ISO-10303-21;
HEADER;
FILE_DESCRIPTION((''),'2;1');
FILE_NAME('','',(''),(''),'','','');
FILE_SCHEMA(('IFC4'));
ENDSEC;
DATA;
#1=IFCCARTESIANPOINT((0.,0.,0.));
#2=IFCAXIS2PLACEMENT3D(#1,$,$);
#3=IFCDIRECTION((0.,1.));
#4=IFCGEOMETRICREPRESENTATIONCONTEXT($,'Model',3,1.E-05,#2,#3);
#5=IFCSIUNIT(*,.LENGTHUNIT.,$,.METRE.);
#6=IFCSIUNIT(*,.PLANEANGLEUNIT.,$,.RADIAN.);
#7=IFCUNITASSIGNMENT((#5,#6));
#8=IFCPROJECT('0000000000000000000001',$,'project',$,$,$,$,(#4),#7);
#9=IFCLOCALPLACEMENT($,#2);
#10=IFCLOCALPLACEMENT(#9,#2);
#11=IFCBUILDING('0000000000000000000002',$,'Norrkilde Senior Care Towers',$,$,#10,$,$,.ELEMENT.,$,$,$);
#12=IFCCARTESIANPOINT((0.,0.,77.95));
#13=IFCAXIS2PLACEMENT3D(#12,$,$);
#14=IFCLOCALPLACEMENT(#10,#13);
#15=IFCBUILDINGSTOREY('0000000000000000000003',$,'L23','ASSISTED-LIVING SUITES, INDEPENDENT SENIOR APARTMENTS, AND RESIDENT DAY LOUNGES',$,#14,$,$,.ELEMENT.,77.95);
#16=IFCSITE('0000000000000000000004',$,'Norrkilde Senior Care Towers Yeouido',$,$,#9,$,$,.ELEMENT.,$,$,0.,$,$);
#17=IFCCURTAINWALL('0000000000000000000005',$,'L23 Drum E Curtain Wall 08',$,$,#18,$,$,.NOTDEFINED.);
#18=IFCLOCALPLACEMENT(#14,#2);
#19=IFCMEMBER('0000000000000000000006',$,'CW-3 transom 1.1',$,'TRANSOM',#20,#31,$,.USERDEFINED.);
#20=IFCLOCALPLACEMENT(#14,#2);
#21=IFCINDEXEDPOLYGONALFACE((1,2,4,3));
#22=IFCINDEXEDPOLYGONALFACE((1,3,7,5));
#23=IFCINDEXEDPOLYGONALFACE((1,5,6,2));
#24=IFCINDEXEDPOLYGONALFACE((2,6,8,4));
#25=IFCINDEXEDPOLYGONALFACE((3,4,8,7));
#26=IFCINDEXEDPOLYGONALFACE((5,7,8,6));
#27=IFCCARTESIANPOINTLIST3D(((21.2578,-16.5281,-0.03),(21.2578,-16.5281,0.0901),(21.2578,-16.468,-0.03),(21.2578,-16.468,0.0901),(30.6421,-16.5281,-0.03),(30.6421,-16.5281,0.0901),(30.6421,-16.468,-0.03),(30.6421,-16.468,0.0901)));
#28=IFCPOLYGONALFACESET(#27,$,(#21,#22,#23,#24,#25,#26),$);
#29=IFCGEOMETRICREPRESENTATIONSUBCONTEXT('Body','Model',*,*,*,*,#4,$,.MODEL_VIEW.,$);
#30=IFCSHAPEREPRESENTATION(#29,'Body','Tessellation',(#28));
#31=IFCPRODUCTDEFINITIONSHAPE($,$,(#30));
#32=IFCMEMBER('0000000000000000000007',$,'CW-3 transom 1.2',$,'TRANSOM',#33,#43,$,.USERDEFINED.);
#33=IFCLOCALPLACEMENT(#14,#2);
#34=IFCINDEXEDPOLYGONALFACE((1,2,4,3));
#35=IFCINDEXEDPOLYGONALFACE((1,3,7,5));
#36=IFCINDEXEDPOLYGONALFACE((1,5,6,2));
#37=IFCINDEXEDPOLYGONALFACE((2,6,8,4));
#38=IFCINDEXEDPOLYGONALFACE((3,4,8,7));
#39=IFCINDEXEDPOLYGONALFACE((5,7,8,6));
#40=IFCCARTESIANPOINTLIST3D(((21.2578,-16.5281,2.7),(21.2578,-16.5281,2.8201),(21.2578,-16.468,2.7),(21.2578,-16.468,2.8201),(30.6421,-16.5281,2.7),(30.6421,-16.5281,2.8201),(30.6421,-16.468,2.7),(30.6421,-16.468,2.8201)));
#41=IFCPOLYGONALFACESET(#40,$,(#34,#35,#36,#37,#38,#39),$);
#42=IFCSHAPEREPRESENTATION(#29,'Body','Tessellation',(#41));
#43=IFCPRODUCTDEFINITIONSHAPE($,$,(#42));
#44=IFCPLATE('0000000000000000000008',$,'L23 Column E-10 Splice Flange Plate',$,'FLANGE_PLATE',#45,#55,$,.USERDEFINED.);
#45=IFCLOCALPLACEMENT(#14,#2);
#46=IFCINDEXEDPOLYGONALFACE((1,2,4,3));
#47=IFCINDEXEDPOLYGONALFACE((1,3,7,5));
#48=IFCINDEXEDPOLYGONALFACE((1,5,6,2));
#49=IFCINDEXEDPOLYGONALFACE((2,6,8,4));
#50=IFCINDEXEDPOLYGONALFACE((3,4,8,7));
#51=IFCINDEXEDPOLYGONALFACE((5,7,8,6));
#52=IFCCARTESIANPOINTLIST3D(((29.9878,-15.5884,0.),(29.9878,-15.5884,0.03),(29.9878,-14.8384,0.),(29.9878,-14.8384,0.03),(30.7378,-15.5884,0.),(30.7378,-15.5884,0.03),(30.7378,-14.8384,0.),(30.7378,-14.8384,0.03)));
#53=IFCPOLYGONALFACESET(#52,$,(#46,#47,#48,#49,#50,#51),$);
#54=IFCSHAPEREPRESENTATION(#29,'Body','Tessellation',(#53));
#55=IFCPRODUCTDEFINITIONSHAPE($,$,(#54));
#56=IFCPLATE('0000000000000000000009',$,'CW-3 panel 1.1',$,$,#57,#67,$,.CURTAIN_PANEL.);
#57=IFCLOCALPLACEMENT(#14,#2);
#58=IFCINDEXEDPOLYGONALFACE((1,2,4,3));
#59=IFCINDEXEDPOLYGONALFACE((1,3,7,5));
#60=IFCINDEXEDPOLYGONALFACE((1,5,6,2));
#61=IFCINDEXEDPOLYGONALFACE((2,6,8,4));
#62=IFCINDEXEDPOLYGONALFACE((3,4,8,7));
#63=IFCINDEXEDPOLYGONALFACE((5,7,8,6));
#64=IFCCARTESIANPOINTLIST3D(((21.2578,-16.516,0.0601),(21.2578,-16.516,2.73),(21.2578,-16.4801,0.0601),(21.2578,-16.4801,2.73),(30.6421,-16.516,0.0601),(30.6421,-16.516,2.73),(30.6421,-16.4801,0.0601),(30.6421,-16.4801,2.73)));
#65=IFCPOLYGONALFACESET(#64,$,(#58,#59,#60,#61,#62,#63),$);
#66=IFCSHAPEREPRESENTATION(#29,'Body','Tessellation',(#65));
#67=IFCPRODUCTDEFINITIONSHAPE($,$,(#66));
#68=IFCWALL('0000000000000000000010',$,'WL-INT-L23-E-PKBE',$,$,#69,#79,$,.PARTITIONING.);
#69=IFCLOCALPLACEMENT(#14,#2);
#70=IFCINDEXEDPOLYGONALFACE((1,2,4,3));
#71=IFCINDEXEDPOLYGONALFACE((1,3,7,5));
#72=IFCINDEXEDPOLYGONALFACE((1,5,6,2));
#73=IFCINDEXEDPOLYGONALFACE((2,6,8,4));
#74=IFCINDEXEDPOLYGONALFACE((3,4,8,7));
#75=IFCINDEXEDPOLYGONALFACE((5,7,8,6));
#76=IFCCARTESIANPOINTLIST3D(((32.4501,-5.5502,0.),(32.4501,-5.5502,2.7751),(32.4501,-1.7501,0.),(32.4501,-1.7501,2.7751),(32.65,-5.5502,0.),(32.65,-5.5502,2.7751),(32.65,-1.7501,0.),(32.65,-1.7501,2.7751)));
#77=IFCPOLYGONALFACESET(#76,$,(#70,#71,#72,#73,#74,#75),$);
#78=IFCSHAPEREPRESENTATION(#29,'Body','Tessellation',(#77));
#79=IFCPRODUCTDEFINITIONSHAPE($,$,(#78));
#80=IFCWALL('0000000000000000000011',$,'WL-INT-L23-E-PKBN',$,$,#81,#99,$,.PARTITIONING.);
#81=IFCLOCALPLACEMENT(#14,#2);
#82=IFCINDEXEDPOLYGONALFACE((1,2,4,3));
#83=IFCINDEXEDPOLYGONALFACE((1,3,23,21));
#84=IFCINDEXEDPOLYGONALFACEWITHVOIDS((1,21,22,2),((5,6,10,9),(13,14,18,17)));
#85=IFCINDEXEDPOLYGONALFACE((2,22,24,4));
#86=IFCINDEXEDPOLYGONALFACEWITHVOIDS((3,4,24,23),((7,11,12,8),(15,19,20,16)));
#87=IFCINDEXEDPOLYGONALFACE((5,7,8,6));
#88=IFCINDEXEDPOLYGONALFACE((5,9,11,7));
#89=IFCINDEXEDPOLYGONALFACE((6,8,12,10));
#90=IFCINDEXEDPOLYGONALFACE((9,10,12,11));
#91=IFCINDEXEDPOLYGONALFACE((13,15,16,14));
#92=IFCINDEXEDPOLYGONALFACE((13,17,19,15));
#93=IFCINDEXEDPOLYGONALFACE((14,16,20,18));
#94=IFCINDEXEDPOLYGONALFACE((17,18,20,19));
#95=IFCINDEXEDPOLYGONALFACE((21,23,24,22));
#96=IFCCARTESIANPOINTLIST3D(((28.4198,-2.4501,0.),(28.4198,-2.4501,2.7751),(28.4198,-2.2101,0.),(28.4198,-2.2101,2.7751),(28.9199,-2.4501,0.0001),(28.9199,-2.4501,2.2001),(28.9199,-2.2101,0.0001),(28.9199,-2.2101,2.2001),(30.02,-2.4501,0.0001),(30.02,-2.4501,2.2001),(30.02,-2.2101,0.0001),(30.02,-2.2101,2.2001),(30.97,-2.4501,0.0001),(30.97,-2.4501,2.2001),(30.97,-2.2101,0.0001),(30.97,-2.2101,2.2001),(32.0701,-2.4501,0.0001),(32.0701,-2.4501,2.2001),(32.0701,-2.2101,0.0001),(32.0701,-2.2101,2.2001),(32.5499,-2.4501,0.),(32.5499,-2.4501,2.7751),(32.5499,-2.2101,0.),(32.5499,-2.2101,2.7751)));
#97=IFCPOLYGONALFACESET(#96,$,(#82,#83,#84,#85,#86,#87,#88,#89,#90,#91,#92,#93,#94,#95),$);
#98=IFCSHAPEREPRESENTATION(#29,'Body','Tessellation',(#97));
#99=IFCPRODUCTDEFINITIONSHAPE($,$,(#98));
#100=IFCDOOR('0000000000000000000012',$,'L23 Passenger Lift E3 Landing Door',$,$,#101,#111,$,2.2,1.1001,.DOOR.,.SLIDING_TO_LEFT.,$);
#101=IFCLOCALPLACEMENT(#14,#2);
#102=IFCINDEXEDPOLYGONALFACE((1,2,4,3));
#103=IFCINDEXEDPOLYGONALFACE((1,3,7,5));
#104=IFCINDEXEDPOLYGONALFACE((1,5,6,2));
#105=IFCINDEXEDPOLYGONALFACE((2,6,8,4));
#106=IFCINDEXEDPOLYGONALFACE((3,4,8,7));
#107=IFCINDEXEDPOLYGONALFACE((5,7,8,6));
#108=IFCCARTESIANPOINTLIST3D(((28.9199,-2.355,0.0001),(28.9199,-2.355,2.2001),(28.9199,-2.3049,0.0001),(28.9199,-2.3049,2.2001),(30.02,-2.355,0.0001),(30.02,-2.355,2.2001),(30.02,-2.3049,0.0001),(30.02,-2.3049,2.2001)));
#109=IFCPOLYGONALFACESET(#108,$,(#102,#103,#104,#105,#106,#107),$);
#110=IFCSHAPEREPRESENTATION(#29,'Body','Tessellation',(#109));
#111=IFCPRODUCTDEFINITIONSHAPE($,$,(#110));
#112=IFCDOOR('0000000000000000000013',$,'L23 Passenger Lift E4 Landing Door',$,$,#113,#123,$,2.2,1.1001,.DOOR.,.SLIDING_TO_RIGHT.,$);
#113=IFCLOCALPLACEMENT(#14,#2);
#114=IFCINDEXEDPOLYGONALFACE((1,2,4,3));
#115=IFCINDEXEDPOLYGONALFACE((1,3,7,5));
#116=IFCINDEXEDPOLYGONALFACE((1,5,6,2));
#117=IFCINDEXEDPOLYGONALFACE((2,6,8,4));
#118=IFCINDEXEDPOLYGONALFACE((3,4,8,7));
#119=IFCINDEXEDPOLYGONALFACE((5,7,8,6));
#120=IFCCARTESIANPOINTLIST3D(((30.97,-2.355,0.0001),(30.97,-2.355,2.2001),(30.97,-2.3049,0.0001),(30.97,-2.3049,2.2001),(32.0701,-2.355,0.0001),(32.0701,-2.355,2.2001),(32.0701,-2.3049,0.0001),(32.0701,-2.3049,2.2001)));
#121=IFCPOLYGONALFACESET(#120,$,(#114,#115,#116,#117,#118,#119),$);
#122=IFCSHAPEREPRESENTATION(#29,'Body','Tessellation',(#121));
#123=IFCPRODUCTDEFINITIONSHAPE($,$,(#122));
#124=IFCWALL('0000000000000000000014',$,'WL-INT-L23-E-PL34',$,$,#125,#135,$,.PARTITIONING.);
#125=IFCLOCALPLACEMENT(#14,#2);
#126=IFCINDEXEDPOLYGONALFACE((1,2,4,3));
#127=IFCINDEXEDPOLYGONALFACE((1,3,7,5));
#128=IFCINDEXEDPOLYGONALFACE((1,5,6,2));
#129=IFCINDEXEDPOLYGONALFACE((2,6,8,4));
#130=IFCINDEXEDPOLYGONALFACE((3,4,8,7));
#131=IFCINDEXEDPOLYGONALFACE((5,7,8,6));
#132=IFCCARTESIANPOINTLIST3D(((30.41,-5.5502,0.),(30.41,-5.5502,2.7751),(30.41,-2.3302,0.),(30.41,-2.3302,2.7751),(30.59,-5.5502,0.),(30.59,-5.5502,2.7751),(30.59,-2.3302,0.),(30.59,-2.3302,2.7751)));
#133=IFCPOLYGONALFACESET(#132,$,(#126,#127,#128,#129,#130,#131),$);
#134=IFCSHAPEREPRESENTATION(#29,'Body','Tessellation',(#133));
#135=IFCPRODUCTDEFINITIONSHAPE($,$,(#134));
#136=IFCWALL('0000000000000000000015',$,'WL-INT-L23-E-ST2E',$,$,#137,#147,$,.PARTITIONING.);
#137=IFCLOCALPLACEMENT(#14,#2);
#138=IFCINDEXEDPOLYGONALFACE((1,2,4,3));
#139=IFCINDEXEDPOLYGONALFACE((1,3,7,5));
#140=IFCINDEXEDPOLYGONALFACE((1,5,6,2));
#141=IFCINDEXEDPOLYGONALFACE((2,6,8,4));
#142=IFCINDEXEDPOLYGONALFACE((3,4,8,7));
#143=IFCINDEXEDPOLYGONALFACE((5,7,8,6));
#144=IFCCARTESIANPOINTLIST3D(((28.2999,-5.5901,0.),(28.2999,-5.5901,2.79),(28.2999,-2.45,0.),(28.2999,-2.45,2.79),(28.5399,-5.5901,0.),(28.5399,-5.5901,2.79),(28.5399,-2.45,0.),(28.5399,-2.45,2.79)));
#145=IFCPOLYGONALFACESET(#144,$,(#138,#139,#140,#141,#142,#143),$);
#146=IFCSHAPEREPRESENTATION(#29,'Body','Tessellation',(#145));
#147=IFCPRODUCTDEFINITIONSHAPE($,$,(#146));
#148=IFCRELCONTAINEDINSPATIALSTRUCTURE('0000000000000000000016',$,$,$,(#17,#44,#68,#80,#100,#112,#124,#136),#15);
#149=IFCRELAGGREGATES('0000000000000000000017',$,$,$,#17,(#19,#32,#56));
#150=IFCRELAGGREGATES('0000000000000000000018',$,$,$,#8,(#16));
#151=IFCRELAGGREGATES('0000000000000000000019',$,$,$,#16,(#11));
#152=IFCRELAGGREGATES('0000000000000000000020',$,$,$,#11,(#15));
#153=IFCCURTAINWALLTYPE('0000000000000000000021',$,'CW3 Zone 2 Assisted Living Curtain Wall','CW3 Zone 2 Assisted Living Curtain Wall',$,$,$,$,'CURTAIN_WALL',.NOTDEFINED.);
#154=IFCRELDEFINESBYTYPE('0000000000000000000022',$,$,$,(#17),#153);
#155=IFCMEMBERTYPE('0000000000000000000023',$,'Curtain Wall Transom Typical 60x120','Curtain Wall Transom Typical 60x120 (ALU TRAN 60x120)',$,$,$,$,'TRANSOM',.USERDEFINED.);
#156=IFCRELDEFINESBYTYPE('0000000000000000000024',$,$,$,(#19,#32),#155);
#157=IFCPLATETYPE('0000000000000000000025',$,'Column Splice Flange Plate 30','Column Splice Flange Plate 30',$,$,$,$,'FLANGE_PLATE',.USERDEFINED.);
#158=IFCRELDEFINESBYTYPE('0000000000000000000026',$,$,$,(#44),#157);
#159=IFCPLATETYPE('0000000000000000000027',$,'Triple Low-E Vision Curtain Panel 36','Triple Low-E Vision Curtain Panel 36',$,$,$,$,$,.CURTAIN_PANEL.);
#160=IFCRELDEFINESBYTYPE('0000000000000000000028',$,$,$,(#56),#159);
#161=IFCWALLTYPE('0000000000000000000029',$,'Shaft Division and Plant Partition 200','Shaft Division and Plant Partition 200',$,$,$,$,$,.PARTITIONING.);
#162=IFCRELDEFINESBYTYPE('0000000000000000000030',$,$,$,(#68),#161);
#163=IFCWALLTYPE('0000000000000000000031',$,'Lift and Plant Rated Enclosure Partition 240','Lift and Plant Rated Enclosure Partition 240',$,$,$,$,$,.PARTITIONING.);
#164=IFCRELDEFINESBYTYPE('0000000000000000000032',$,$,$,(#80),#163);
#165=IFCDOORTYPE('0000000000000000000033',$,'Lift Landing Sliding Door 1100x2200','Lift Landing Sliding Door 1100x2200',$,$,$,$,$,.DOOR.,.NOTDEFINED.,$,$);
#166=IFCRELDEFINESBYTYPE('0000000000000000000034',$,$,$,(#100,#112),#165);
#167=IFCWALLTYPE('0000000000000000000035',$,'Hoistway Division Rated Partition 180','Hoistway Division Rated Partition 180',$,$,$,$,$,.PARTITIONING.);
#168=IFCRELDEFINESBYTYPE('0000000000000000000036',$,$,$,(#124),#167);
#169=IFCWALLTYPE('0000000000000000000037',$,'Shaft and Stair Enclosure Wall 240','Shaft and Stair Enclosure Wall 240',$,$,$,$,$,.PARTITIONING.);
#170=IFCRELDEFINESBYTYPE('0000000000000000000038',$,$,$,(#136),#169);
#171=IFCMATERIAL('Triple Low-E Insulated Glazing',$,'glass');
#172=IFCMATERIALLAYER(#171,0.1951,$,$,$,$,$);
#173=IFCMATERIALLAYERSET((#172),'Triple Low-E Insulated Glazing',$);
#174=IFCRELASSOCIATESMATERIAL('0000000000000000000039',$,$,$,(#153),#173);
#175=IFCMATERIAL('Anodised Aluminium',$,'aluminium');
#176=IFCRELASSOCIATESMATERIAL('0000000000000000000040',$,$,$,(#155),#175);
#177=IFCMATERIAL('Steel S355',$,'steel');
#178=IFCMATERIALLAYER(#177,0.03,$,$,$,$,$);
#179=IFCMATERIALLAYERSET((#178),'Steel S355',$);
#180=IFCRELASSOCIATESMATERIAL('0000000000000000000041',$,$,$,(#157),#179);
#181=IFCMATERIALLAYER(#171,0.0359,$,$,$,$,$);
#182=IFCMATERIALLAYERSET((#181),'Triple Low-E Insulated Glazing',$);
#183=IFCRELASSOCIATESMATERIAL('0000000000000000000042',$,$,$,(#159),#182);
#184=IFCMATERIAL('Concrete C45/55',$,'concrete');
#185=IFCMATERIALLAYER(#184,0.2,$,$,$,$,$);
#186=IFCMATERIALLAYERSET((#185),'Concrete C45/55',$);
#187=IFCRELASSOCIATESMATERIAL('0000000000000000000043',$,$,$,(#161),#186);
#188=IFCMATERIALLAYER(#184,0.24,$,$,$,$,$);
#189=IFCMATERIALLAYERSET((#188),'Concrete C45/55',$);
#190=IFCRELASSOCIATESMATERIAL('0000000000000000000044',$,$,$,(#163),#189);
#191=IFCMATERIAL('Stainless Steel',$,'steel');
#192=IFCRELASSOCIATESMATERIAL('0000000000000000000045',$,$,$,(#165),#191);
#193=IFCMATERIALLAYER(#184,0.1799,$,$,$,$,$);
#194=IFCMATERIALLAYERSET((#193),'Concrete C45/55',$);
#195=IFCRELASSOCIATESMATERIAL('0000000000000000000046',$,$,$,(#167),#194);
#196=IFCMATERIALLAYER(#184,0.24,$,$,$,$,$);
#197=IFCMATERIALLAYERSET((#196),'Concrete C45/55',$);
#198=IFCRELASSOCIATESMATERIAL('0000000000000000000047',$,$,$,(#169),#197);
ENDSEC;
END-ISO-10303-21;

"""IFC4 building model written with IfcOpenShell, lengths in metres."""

from ifc_helpers import new_model, si_unit, direction, frame, frame_2d, origin, origin_2d, place, context, subcontext, project, spatial, rectangle, extrude, source, transform, mapped, material, layer, layer_set, material_profile, profile_set, type_object, type_shapes, element, fill, aggregate, save


model = new_model("IFC4")

# Units and contexts
model_context = context("Model", 3, precision=1e-05, world=origin(), true_north=direction((0.0, 1.0)))
body_context = subcontext(model_context, "Body", "Model", "MODEL_VIEW")
ifc_project = project(units=[si_unit("LENGTHUNIT", "METRE"), si_unit("PLANEANGLEUNIT", "RADIAN")], contexts=[model_context])

# Site, building, storey
site_placement = place(None, origin())
site = spatial("IfcSite", under=ifc_project, at=site_placement, Name="Norrkilde Senior Care Towers Yeouido", CompositionType="ELEMENT", RefElevation=0.0)
building_placement = place(site_placement, origin())
building = spatial("IfcBuilding", under=site, at=building_placement, Name="Norrkilde Senior Care Towers", CompositionType="ELEMENT")
storey_placement = place(building_placement, frame((0.0, 0.0, 77.95)))
storey = spatial("IfcBuildingStorey", under=building, at=storey_placement, Name="L23", Description="ASSISTED-LIVING SUITES, INDEPENDENT SENIOR APARTMENTS, AND RESIDENT DAY LOUNGES", CompositionType="ELEMENT", Elevation=77.95)

# Shared definitions
ifc_material_1 = material(Name="Steel S355", Category="steel")

# Curtain wall
ifc_material_2 = material(Name="Triple Low-E Insulated Glazing", Category="glass")
ifc_layer_1 = layer(ifc_material_2, 0.1951)
ifc_layer_set_1 = layer_set([ifc_layer_1], Name="Triple Low-E Insulated Glazing")
curtain_wall_type = type_object("IfcCurtainWallType", Name="CW3 Zone 2 Assisted Living Curtain Wall", Description="CW3 Zone 2 Assisted Living Curtain Wall", ElementType="CURTAIN_WALL", PredefinedType="NOTDEFINED", material=ifc_layer_set_1)
curtain_wall_1_placement = place(storey_placement, origin())
curtain_wall_1 = element("IfcCurtainWall", 1, at=curtain_wall_1_placement, inside=storey, type_object=curtain_wall_type, Name="L23 Drum E Curtain Wall 08", PredefinedType="NOTDEFINED")
ifc_material_3 = material(Name="Anodised Aluminium", Category="aluminium")

# Members
ifc_material_profile_1 = material_profile(ifc_material_3, rectangle(XDim=0.0601, YDim=0.1201, at=origin_2d()), Name="ALU TRAN 60x120")
ifc_profile_set_1 = profile_set([ifc_material_profile_1], Name="Anodised Aluminium")
member_type_1 = type_object("IfcMemberType", Name="Curtain Wall Transom Typical 60x120", Description="Curtain Wall Transom Typical 60x120 (ALU TRAN 60x120)", ElementType="TRANSOM", PredefinedType="USERDEFINED", material=ifc_profile_set_1)
shared_shape_1 = source(origin(), body_context, "Body", "SweptSolid", [
    extrude(rectangle(XDim=0.0601, YDim=0.1201, at=origin_2d()), origin(), (0.0, 0.0, 1.0), 9.3843),
])
type_shapes(member_type_1, [shared_shape_1])
member_1_placement = place(storey_placement, frame((30.6421, -16.498, 0.03), z_axis=(-1.0, 0.0, 0.0), x_axis=(0.0, -1.0, 0.0)))
member_1 = element("IfcMember", 2, at=member_1_placement, type_object=member_type_1, Name="CW-3 transom 1.1", ObjectType="TRANSOM", PredefinedType="USERDEFINED", context=body_context, shape_type="MappedRepresentation", body=[
    mapped(shared_shape_1, transform((0.0, 0.0, 0.0), x_axis=(1.0, 0.0, 0.0), y_axis=(0.0, 1.0, 0.0), z_axis=(0.0, 0.0, 1.0), scale=1.0)),
])
member_2_placement = place(storey_placement, frame((30.6421, -16.498, 2.76), z_axis=(-1.0, 0.0, 0.0), x_axis=(0.0, -1.0, 0.0)))
member_2 = element("IfcMember", 3, at=member_2_placement, type_object=member_type_1, Name="CW-3 transom 1.2", ObjectType="TRANSOM", PredefinedType="USERDEFINED", context=body_context, shape_type="MappedRepresentation", body=[
    mapped(shared_shape_1, transform((0.0, 0.0, 0.0), x_axis=(1.0, 0.0, 0.0), y_axis=(0.0, 1.0, 0.0), z_axis=(0.0, 0.0, 1.0), scale=1.0)),
])

# Plates
ifc_layer_2 = layer(ifc_material_1, 0.03)
ifc_layer_set_2 = layer_set([ifc_layer_2], Name="Steel S355")
plate_type_1 = type_object("IfcPlateType", Name="Column Splice Flange Plate 30", Description="Column Splice Flange Plate 30", ElementType="FLANGE_PLATE", PredefinedType="USERDEFINED", material=ifc_layer_set_2)
shared_shape_2 = source(origin(), body_context, "Body", "SweptSolid", [
    extrude(rectangle(XDim=0.75, YDim=0.75, at=origin_2d()), origin(), (0.0, 0.0, 1.0), 0.03),
])
type_shapes(plate_type_1, [shared_shape_2])
plate_1_placement = place(storey_placement, frame((30.3628, -15.2134, 0.0), z_axis=(0.0, 0.0, 1.0), x_axis=(1.0, 0.0, 0.0)))
element("IfcPlate", 4, at=plate_1_placement, inside=storey, type_object=plate_type_1, Name="L23 Column E-10 Splice Flange Plate", ObjectType="FLANGE_PLATE", PredefinedType="USERDEFINED", context=body_context, shape_type="MappedRepresentation", body=[
    mapped(shared_shape_2, transform((0.0, 0.0, 0.0), x_axis=(1.0, 0.0, 0.0), y_axis=(0.0, 1.0, 0.0), z_axis=(0.0, 0.0, 1.0), scale=1.0)),
])
ifc_layer_3 = layer(ifc_material_2, 0.0359)
ifc_layer_set_3 = layer_set([ifc_layer_3], Name="Triple Low-E Insulated Glazing")
plate_type_2 = type_object("IfcPlateType", Name="Triple Low-E Vision Curtain Panel 36", Description="Triple Low-E Vision Curtain Panel 36", PredefinedType="CURTAIN_PANEL", material=ifc_layer_set_3)
shared_shape_3 = source(origin(), body_context, "Body", "SweptSolid", [
    extrude(rectangle(XDim=9.3843, YDim=0.0359, at=origin_2d()), origin(), (0.0, 0.0, 1.0), 2.6699),
])
type_shapes(plate_type_2, [shared_shape_3])
plate_2_placement = place(storey_placement, frame((25.95, -16.498, 0.0601), z_axis=(0.0, 0.0, 1.0), x_axis=(-1.0, 0.0, 0.0)))
plate_2 = element("IfcPlate", 5, at=plate_2_placement, type_object=plate_type_2, Name="CW-3 panel 1.1", PredefinedType="CURTAIN_PANEL", context=body_context, shape_type="MappedRepresentation", body=[
    mapped(shared_shape_3, transform((0.0, 0.0, 0.0), x_axis=(1.0, 0.0, 0.0), y_axis=(0.0, 1.0, 0.0), z_axis=(0.0, 0.0, 1.0), scale=1.0)),
])
aggregate(curtain_wall_1, [member_1, member_2, plate_2])

# Wall
ifc_material_4 = material(Name="Concrete C45/55", Category="concrete")
ifc_layer_4 = layer(ifc_material_4, 0.2)
ifc_layer_set_4 = layer_set([ifc_layer_4], Name="Concrete C45/55")
wall_type_1 = type_object("IfcWallType", Name="Shaft Division and Plant Partition 200", Description="Shaft Division and Plant Partition 200", PredefinedType="PARTITIONING", material=ifc_layer_set_4)
shared_shape_4 = source(origin(), body_context, "Body", "SweptSolid", [
    extrude(rectangle(XDim=3.8, YDim=0.2, at=frame_2d((1.8999, 0.0))), origin(), (0.0, 0.0, 1.0), 2.7751),
])
type_shapes(wall_type_1, [shared_shape_4])
wall_1_placement = place(storey_placement, frame((32.55, -5.55, 0.0), z_axis=(0.0, 0.0, 1.0), x_axis=(0.0, 1.0, 0.0)))
element("IfcWall", 6, at=wall_1_placement, inside=storey, type_object=wall_type_1, Name="WL-INT-L23-E-PKBE", PredefinedType="PARTITIONING", context=body_context, shape_type="MappedRepresentation", body=[
    mapped(shared_shape_4, transform((0.0, 0.0, 0.0), x_axis=(1.0, 0.0, 0.0), y_axis=(0.0, 1.0, 0.0), z_axis=(0.0, 0.0, 1.0), scale=1.0)),
])

# Wall, openings, doors
ifc_layer_5 = layer(ifc_material_4, 0.24)
ifc_layer_set_5 = layer_set([ifc_layer_5], Name="Concrete C45/55")
wall_type_2 = type_object("IfcWallType", Name="Lift and Plant Rated Enclosure Partition 240", Description="Lift and Plant Rated Enclosure Partition 240", PredefinedType="PARTITIONING", material=ifc_layer_set_5)
shared_shape_5 = source(origin(), body_context, "Body", "SweptSolid", [
    extrude(rectangle(XDim=4.1301, YDim=0.24, at=frame_2d((2.0649, 0.0))), origin(), (0.0, 0.0, 1.0), 2.7751),
])
type_shapes(wall_type_2, [shared_shape_5])
wall_2_placement = place(storey_placement, frame((28.4199, -2.3301, 0.0), z_axis=(0.0, 0.0, 1.0), x_axis=(1.0, 0.0, 0.0)))
wall_2 = element("IfcWall", 7, at=wall_2_placement, inside=storey, type_object=wall_type_2, Name="WL-INT-L23-E-PKBN", PredefinedType="PARTITIONING", context=body_context, shape_type="MappedRepresentation", body=[
    mapped(shared_shape_5, transform((0.0, 0.0, 0.0), x_axis=(1.0, 0.0, 0.0), y_axis=(0.0, 1.0, 0.0), z_axis=(0.0, 0.0, 1.0), scale=1.0)),
])
opening_1_placement = place(wall_2_placement, frame((0.5, 0.0, 0.0)))
opening_1 = element("IfcOpeningElement", 8, at=opening_1_placement, cuts=wall_2, PredefinedType="OPENING", context=body_context, shape_type="SweptSolid", body=[
    extrude(rectangle(XDim=1.1001, YDim=2.2, at=frame_2d((0.55, 1.1001))), frame((0.0, 0.1299, 0.0), z_axis=(0.0, -1.0, 0.0), x_axis=(1.0, 0.0, 0.0)), (0.0, 0.0, 1.0), 0.26),
])
opening_2_placement = place(wall_2_placement, frame((2.55, 0.0, 0.0)))
opening_2 = element("IfcOpeningElement", 9, at=opening_2_placement, cuts=wall_2, PredefinedType="OPENING", context=body_context, shape_type="SweptSolid", body=[
    extrude(rectangle(XDim=1.1001, YDim=2.2, at=frame_2d((0.55, 1.1001))), frame((0.0, 0.1299, 0.0), z_axis=(0.0, -1.0, 0.0), x_axis=(1.0, 0.0, 0.0)), (0.0, 0.0, 1.0), 0.26),
])
ifc_material_5 = material(Name="Stainless Steel", Category="steel")
door_type_1 = type_object("IfcDoorType", Name="Lift Landing Sliding Door 1100x2200", Description="Lift Landing Sliding Door 1100x2200", OperationType="NOTDEFINED", PredefinedType="DOOR", material=ifc_material_5)
shared_shape_6 = source(origin(), body_context, "Body", "SweptSolid", [
    extrude(rectangle(XDim=1.1001, YDim=2.2, at=frame_2d((0.55, 1.1001))), frame((0.0, 0.0249, 0.0), z_axis=(0.0, -1.0, 0.0), x_axis=(1.0, 0.0, 0.0)), (0.0, 0.0, 1.0), 0.05),
])
type_shapes(door_type_1, [shared_shape_6])
door_1_placement = place(opening_1_placement, frame((1.1001, 0.0, 0.0), z_axis=(0.0, 0.0, 1.0), x_axis=(-1.0, 0.0, 0.0)))
door_1 = element("IfcDoor", 10, at=door_1_placement, inside=storey, type_object=door_type_1, Name="L23 Passenger Lift E3 Landing Door", OperationType="SLIDING_TO_LEFT", OverallHeight=2.2, OverallWidth=1.1001, PredefinedType="DOOR", context=body_context, shape_type="MappedRepresentation", body=[
    mapped(shared_shape_6, transform((0.0, 0.0, 0.0), x_axis=(1.0, 0.0, 0.0), y_axis=(0.0, 1.0, 0.0), z_axis=(0.0, 0.0, 1.0), scale=1.0)),
])
fill(opening_1, door_1)
door_2_placement = place(opening_2_placement, frame((1.1001, 0.0, 0.0), z_axis=(0.0, 0.0, 1.0), x_axis=(-1.0, 0.0, 0.0)))
door_2 = element("IfcDoor", 11, at=door_2_placement, inside=storey, type_object=door_type_1, Name="L23 Passenger Lift E4 Landing Door", OperationType="SLIDING_TO_RIGHT", OverallHeight=2.2, OverallWidth=1.1001, PredefinedType="DOOR", context=body_context, shape_type="MappedRepresentation", body=[
    mapped(shared_shape_6, transform((0.0, 0.0, 0.0), x_axis=(1.0, 0.0, 0.0), y_axis=(0.0, 1.0, 0.0), z_axis=(0.0, 0.0, 1.0), scale=1.0)),
])
fill(opening_2, door_2)

# Walls
ifc_layer_6 = layer(ifc_material_4, 0.1799)
ifc_layer_set_6 = layer_set([ifc_layer_6], Name="Concrete C45/55")
wall_type_3 = type_object("IfcWallType", Name="Hoistway Division Rated Partition 180", Description="Hoistway Division Rated Partition 180", PredefinedType="PARTITIONING", material=ifc_layer_set_6)
shared_shape_7 = source(origin(), body_context, "Body", "SweptSolid", [
    extrude(rectangle(XDim=3.22, YDim=0.1799, at=frame_2d((1.6099, 0.0))), origin(), (0.0, 0.0, 1.0), 2.7751),
])
type_shapes(wall_type_3, [shared_shape_7])
wall_3_placement = place(storey_placement, frame((30.5, -5.55, 0.0), z_axis=(0.0, 0.0, 1.0), x_axis=(0.0, 1.0, 0.0)))
element("IfcWall", 12, at=wall_3_placement, inside=storey, type_object=wall_type_3, Name="WL-INT-L23-E-PL34", PredefinedType="PARTITIONING", context=body_context, shape_type="MappedRepresentation", body=[
    mapped(shared_shape_7, transform((0.0, 0.0, 0.0), x_axis=(1.0, 0.0, 0.0), y_axis=(0.0, 1.0, 0.0), z_axis=(0.0, 0.0, 1.0), scale=1.0)),
])
ifc_layer_7 = layer(ifc_material_4, 0.24)
ifc_layer_set_7 = layer_set([ifc_layer_7], Name="Concrete C45/55")
wall_type_4 = type_object("IfcWallType", Name="Shaft and Stair Enclosure Wall 240", Description="Shaft and Stair Enclosure Wall 240", PredefinedType="PARTITIONING", material=ifc_layer_set_7)
shared_shape_8 = source(origin(), body_context, "Body", "SweptSolid", [
    extrude(rectangle(XDim=3.1401, YDim=0.24, at=frame_2d((1.5701, 0.0))), origin(), (0.0, 0.0, 1.0), 2.79),
])
type_shapes(wall_type_4, [shared_shape_8])
wall_4_placement = place(storey_placement, frame((28.4199, -5.5901, 0.0), z_axis=(0.0, 0.0, 1.0), x_axis=(0.0, 1.0, 0.0)))
element("IfcWall", 13, at=wall_4_placement, inside=storey, type_object=wall_type_4, Name="WL-INT-L23-E-ST2E", PredefinedType="PARTITIONING", context=body_context, shape_type="MappedRepresentation", body=[
    mapped(shared_shape_8, transform((0.0, 0.0, 0.0), x_axis=(1.0, 0.0, 0.0), y_axis=(0.0, 1.0, 0.0), z_axis=(0.0, 0.0, 1.0), scale=1.0)),
])

save(model, "model.ifc")
